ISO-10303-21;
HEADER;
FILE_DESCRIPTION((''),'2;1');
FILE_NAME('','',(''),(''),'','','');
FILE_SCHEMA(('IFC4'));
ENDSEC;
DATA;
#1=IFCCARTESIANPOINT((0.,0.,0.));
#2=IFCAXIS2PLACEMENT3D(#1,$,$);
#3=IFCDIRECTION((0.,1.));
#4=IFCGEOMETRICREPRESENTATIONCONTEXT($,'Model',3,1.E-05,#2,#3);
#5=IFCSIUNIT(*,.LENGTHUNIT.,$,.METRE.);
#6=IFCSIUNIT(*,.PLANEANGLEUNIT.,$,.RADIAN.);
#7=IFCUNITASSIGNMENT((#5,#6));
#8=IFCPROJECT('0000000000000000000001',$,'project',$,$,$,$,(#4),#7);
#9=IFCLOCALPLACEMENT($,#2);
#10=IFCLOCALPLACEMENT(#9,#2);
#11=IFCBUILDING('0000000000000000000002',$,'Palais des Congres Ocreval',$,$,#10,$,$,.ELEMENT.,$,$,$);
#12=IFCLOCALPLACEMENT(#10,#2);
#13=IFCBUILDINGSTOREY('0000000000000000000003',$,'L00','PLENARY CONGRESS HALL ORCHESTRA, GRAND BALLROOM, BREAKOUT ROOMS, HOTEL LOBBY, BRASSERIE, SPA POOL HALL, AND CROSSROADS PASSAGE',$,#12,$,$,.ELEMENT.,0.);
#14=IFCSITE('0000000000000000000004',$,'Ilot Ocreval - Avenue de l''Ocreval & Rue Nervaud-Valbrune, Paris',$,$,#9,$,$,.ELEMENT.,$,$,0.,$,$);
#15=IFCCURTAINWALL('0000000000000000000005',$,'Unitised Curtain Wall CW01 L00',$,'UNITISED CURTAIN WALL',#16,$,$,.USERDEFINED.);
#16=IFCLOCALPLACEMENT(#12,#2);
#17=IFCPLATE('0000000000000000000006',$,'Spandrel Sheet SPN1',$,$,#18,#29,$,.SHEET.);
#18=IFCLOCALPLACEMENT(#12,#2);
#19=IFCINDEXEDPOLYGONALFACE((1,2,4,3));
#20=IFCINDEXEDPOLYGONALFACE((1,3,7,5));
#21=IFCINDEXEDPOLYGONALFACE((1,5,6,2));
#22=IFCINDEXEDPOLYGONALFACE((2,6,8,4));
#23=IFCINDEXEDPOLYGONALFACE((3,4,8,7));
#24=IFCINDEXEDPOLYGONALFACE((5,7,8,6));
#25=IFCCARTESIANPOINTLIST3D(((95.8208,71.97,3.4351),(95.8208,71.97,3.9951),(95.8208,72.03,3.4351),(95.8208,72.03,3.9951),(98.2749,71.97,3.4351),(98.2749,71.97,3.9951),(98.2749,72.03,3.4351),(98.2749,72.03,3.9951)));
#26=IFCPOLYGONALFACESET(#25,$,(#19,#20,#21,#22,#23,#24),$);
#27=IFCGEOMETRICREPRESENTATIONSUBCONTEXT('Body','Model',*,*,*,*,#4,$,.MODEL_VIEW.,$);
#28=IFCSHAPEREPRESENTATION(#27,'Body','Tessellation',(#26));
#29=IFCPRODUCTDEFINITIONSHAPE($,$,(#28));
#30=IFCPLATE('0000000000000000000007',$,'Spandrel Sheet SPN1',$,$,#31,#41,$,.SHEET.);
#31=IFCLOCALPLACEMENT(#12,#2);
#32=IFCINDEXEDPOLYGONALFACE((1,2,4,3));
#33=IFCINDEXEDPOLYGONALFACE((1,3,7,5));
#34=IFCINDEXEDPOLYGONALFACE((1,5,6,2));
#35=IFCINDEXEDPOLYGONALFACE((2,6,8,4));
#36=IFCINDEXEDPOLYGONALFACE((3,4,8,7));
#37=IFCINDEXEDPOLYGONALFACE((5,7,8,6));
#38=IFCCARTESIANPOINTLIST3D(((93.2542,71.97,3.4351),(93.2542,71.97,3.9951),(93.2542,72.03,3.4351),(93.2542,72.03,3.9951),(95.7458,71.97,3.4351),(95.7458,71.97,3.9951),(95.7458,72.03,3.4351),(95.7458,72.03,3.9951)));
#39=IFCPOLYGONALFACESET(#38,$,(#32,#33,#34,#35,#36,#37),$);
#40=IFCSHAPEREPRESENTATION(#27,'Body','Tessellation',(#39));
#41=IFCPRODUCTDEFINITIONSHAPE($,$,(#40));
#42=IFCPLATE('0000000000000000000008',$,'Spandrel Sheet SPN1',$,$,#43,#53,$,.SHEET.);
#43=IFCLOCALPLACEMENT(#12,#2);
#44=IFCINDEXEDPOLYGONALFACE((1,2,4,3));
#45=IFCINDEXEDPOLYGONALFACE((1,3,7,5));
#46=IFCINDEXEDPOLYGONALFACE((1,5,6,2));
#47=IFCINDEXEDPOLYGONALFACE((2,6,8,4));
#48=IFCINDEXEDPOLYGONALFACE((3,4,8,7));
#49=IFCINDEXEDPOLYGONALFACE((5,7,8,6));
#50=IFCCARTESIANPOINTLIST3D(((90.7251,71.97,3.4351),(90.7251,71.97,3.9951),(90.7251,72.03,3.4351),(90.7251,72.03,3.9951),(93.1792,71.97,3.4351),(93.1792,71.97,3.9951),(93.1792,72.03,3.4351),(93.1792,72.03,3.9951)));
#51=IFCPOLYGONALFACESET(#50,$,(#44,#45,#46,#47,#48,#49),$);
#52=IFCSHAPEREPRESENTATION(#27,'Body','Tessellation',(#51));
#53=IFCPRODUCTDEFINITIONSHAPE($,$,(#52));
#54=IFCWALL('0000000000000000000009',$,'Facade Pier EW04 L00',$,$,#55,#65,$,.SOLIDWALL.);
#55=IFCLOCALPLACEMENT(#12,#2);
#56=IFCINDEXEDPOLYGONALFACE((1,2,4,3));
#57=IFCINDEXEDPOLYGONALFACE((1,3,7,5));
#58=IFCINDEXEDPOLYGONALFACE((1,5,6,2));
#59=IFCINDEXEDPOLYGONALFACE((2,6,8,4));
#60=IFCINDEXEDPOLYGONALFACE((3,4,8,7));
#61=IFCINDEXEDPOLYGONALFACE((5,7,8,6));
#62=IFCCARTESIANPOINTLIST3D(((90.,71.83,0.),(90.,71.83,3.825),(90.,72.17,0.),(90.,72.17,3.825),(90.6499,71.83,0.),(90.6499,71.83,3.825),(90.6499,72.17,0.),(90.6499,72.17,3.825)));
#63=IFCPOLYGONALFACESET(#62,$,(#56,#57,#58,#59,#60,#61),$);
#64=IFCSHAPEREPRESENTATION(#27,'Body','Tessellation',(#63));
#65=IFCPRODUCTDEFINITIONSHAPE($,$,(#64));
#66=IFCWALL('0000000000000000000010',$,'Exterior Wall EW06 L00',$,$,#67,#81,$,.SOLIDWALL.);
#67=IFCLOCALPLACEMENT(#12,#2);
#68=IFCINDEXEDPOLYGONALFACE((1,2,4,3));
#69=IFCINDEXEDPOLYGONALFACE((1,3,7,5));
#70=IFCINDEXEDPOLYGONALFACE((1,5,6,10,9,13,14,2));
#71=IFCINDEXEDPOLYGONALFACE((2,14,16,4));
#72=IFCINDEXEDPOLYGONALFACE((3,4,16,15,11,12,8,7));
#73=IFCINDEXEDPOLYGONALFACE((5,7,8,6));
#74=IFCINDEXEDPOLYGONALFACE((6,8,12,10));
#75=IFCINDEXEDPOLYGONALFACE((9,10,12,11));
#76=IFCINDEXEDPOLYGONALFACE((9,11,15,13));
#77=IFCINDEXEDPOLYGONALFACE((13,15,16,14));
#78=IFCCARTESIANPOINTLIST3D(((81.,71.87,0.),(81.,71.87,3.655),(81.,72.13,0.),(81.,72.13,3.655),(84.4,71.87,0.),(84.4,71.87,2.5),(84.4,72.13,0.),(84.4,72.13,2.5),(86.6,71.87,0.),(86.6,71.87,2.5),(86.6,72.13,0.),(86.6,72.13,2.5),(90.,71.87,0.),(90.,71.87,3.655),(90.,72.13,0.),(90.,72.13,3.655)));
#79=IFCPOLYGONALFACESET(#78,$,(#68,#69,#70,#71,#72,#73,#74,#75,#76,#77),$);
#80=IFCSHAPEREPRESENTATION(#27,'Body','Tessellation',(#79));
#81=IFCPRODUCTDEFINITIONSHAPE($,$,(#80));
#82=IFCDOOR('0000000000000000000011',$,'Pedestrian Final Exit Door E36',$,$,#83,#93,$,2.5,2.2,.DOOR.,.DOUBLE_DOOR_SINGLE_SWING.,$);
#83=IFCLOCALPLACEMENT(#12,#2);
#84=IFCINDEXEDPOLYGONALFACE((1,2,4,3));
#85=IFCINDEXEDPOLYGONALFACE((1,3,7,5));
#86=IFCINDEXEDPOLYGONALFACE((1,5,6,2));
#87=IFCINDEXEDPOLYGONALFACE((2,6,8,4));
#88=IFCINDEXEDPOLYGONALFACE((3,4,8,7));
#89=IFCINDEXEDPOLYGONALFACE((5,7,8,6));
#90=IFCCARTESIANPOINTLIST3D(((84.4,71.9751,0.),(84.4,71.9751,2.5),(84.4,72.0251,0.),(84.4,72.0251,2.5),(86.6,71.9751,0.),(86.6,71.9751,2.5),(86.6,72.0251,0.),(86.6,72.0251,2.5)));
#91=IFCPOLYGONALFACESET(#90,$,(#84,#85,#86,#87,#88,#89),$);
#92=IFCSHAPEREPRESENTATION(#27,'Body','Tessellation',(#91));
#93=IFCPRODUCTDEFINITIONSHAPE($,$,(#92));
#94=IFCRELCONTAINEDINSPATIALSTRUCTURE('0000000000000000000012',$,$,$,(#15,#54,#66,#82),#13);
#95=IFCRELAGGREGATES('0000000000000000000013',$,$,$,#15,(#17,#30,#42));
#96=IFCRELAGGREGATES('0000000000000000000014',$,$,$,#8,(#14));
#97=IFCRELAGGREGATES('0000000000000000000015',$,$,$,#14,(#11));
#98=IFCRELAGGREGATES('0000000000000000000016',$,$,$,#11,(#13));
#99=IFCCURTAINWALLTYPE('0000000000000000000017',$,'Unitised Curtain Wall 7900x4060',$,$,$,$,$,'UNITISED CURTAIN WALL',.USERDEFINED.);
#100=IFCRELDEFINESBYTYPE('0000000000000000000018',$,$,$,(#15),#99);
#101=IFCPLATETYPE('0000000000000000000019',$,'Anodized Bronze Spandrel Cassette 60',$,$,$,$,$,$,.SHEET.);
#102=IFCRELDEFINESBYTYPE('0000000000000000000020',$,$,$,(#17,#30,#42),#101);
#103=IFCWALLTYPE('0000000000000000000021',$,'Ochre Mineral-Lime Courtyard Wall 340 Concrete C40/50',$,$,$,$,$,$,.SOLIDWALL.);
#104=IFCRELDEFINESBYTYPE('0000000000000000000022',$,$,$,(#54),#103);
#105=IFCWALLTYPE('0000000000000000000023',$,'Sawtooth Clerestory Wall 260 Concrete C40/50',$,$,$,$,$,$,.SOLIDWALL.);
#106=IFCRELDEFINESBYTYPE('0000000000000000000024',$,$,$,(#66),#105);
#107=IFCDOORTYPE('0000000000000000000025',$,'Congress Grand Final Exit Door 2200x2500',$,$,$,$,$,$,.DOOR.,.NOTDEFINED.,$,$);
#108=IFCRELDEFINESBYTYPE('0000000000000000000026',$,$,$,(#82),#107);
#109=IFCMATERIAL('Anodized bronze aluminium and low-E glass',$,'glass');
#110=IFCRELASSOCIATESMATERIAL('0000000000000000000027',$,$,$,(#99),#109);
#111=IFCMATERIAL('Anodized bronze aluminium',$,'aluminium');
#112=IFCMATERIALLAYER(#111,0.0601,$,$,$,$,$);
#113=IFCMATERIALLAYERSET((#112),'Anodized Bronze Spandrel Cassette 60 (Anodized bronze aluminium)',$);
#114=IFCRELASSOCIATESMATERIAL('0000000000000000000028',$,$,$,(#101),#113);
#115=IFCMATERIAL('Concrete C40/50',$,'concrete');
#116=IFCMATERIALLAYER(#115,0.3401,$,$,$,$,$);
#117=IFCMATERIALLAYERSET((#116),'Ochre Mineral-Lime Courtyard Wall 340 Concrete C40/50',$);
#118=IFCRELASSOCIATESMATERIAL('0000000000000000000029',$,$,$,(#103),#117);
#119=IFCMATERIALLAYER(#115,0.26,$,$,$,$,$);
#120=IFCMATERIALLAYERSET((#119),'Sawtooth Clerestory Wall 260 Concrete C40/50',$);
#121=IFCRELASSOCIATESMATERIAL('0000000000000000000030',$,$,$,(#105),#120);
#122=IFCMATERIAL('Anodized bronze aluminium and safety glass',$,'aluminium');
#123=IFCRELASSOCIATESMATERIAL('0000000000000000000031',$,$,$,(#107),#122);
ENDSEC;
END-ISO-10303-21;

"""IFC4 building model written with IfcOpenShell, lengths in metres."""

from ifc_helpers import new_model, si_unit, direction, frame, frame_2d, origin, origin_2d, place, context, subcontext, project, spatial, rectangle, extrude, material, layer, layer_set, type_object, element, fill, aggregate, save


model = new_model("IFC4")

# Units and contexts
model_context = context("Model", 3, precision=1e-05, world=origin(), true_north=direction((0.0, 1.0)))
body_context = subcontext(model_context, "Body", "Model", "MODEL_VIEW")
ifc_project = project(units=[si_unit("LENGTHUNIT", "METRE"), si_unit("PLANEANGLEUNIT", "RADIAN")], contexts=[model_context])

# Site, building, storey
site_placement = place(None, origin())
site = spatial("IfcSite", under=ifc_project, at=site_placement, Name="Ilot Ocreval - Avenue de l'Ocreval & Rue Nervaud-Valbrune, Paris", CompositionType="ELEMENT", RefElevation=0.0)
building_placement = place(site_placement, origin())
building = spatial("IfcBuilding", under=site, at=building_placement, Name="Palais des Congres Ocreval", CompositionType="ELEMENT")
storey_placement = place(building_placement, origin())
storey = spatial("IfcBuildingStorey", under=building, at=storey_placement, Name="L00", Description="PLENARY CONGRESS HALL ORCHESTRA, GRAND BALLROOM, BREAKOUT ROOMS, HOTEL LOBBY, BRASSERIE, SPA POOL HALL, AND CROSSROADS PASSAGE", CompositionType="ELEMENT", Elevation=0.0)

# Curtain wall
ifc_material_1 = material(Name="Anodized bronze aluminium and low-E glass", Category="glass")
curtain_wall_type = type_object("IfcCurtainWallType", Name="Unitised Curtain Wall 7900x4060", ElementType="UNITISED CURTAIN WALL", PredefinedType="USERDEFINED", material=ifc_material_1)
curtain_wall_placement = place(storey_placement, origin())
curtain_wall = element("IfcCurtainWall", 1, at=curtain_wall_placement, inside=storey, type_object=curtain_wall_type, Name="Unitised Curtain Wall CW01 L00", ObjectType="UNITISED CURTAIN WALL", PredefinedType="USERDEFINED")
ifc_material_2 = material(Name="Anodized bronze aluminium", Category="aluminium")

# Plates
ifc_layer_1 = layer(ifc_material_2, 0.0601)
ifc_layer_set_1 = layer_set([ifc_layer_1], Name="Anodized Bronze Spandrel Cassette 60 (Anodized bronze aluminium)")
plate_type_1 = type_object("IfcPlateType", Name="Anodized Bronze Spandrel Cassette 60", PredefinedType="SHEET", material=ifc_layer_set_1)
plate_1_placement = place(storey_placement, frame((97.0479, 72.0, 3.4351), z_axis=(0.0, 0.0, 1.0), x_axis=(-1.0, 0.0, 0.0)))
plate_1 = element("IfcPlate", 2, at=plate_1_placement, type_object=plate_type_1, Name="Spandrel Sheet SPN1", PredefinedType="SHEET", context=body_context, shape_type="SweptSolid", body=[
    extrude(rectangle(XDim=2.4541, YDim=0.0601, at=origin_2d()), origin(), (0.0, 0.0, 1.0), 0.5601),
])
plate_2_placement = place(storey_placement, frame((94.5, 72.0, 3.4351), z_axis=(0.0, 0.0, 1.0), x_axis=(-1.0, 0.0, 0.0)))
plate_2 = element("IfcPlate", 3, at=plate_2_placement, type_object=plate_type_1, Name="Spandrel Sheet SPN1", PredefinedType="SHEET", context=body_context, shape_type="SweptSolid", body=[
    extrude(rectangle(XDim=2.4917, YDim=0.0601, at=origin_2d()), origin(), (0.0, 0.0, 1.0), 0.5601),
])
plate_3_placement = place(storey_placement, frame((91.9521, 72.0, 3.4351), z_axis=(0.0, 0.0, 1.0), x_axis=(-1.0, 0.0, 0.0)))
plate_3 = element("IfcPlate", 4, at=plate_3_placement, type_object=plate_type_1, Name="Spandrel Sheet SPN1", PredefinedType="SHEET", context=body_context, shape_type="SweptSolid", body=[
    extrude(rectangle(XDim=2.4541, YDim=0.0601, at=origin_2d()), origin(), (0.0, 0.0, 1.0), 0.5601),
])
aggregate(curtain_wall, [plate_1, plate_2, plate_3])

# Wall
ifc_material_3 = material(Name="Concrete C40/50", Category="concrete")
ifc_layer_2 = layer(ifc_material_3, 0.3401)
ifc_layer_set_2 = layer_set([ifc_layer_2], Name="Ochre Mineral-Lime Courtyard Wall 340 Concrete C40/50")
wall_type_1 = type_object("IfcWallType", Name="Ochre Mineral-Lime Courtyard Wall 340 Concrete C40/50", PredefinedType="SOLIDWALL", material=ifc_layer_set_2)
wall_1_placement = place(storey_placement, frame((90.6499, 72.0, 0.0), z_axis=(0.0, 0.0, 1.0), x_axis=(-1.0, 0.0, 0.0)))
element("IfcWall", 5, at=wall_1_placement, inside=storey, type_object=wall_type_1, Name="Facade Pier EW04 L00", PredefinedType="SOLIDWALL", context=body_context, shape_type="SweptSolid", body=[
    extrude(rectangle(XDim=0.6499, YDim=0.3401, at=frame_2d((0.325, 0.0))), origin(), (0.0, 0.0, 1.0), 3.825),
])

# Wall, opening, door
ifc_layer_3 = layer(ifc_material_3, 0.26)
ifc_layer_set_3 = layer_set([ifc_layer_3], Name="Sawtooth Clerestory Wall 260 Concrete C40/50")
wall_type_2 = type_object("IfcWallType", Name="Sawtooth Clerestory Wall 260 Concrete C40/50", PredefinedType="SOLIDWALL", material=ifc_layer_set_3)
wall_2_placement = place(storey_placement, frame((90.0, 72.0, 0.0), z_axis=(0.0, 0.0, 1.0), x_axis=(-1.0, 0.0, 0.0)))
wall_2 = element("IfcWall", 6, at=wall_2_placement, inside=storey, type_object=wall_type_2, Name="Exterior Wall EW06 L00", PredefinedType="SOLIDWALL", context=body_context, shape_type="SweptSolid", body=[
    extrude(rectangle(XDim=9.0, YDim=0.26, at=frame_2d((4.5, 0.0))), origin(), (0.0, 0.0, 1.0), 3.655),
])
opening_placement = place(wall_2_placement, frame((3.3999, 0.0, 0.0)))
opening = element("IfcOpeningElement", 7, at=opening_placement, cuts=wall_2, PredefinedType="OPENING", context=body_context, shape_type="SweptSolid", body=[
    extrude(rectangle(XDim=2.2, YDim=2.5, at=frame_2d((1.1001, 1.25))), frame((0.0, 0.1399, 0.0), z_axis=(0.0, -1.0, 0.0), x_axis=(1.0, 0.0, 0.0)), (0.0, 0.0, 1.0), 0.28),
])
ifc_material_4 = material(Name="Anodized bronze aluminium and safety glass", Category="aluminium")
door_type = type_object("IfcDoorType", Name="Congress Grand Final Exit Door 2200x2500", OperationType="NOTDEFINED", PredefinedType="DOOR", material=ifc_material_4)
door_placement = place(opening_placement, origin())
door = element("IfcDoor", 8, at=door_placement, inside=storey, type_object=door_type, Name="Pedestrian Final Exit Door E36", OperationType="DOUBLE_DOOR_SINGLE_SWING", OverallHeight=2.5, OverallWidth=2.2, PredefinedType="DOOR", context=body_context, shape_type="SweptSolid", body=[
    extrude(rectangle(XDim=2.2, YDim=2.5, at=frame_2d((1.1001, 1.25))), frame((0.0, 0.0249, 0.0), z_axis=(0.0, -1.0, 0.0), x_axis=(1.0, 0.0, 0.0)), (0.0, 0.0, 1.0), 0.05),
])
fill(opening, door)

save(model, "model.ifc")
